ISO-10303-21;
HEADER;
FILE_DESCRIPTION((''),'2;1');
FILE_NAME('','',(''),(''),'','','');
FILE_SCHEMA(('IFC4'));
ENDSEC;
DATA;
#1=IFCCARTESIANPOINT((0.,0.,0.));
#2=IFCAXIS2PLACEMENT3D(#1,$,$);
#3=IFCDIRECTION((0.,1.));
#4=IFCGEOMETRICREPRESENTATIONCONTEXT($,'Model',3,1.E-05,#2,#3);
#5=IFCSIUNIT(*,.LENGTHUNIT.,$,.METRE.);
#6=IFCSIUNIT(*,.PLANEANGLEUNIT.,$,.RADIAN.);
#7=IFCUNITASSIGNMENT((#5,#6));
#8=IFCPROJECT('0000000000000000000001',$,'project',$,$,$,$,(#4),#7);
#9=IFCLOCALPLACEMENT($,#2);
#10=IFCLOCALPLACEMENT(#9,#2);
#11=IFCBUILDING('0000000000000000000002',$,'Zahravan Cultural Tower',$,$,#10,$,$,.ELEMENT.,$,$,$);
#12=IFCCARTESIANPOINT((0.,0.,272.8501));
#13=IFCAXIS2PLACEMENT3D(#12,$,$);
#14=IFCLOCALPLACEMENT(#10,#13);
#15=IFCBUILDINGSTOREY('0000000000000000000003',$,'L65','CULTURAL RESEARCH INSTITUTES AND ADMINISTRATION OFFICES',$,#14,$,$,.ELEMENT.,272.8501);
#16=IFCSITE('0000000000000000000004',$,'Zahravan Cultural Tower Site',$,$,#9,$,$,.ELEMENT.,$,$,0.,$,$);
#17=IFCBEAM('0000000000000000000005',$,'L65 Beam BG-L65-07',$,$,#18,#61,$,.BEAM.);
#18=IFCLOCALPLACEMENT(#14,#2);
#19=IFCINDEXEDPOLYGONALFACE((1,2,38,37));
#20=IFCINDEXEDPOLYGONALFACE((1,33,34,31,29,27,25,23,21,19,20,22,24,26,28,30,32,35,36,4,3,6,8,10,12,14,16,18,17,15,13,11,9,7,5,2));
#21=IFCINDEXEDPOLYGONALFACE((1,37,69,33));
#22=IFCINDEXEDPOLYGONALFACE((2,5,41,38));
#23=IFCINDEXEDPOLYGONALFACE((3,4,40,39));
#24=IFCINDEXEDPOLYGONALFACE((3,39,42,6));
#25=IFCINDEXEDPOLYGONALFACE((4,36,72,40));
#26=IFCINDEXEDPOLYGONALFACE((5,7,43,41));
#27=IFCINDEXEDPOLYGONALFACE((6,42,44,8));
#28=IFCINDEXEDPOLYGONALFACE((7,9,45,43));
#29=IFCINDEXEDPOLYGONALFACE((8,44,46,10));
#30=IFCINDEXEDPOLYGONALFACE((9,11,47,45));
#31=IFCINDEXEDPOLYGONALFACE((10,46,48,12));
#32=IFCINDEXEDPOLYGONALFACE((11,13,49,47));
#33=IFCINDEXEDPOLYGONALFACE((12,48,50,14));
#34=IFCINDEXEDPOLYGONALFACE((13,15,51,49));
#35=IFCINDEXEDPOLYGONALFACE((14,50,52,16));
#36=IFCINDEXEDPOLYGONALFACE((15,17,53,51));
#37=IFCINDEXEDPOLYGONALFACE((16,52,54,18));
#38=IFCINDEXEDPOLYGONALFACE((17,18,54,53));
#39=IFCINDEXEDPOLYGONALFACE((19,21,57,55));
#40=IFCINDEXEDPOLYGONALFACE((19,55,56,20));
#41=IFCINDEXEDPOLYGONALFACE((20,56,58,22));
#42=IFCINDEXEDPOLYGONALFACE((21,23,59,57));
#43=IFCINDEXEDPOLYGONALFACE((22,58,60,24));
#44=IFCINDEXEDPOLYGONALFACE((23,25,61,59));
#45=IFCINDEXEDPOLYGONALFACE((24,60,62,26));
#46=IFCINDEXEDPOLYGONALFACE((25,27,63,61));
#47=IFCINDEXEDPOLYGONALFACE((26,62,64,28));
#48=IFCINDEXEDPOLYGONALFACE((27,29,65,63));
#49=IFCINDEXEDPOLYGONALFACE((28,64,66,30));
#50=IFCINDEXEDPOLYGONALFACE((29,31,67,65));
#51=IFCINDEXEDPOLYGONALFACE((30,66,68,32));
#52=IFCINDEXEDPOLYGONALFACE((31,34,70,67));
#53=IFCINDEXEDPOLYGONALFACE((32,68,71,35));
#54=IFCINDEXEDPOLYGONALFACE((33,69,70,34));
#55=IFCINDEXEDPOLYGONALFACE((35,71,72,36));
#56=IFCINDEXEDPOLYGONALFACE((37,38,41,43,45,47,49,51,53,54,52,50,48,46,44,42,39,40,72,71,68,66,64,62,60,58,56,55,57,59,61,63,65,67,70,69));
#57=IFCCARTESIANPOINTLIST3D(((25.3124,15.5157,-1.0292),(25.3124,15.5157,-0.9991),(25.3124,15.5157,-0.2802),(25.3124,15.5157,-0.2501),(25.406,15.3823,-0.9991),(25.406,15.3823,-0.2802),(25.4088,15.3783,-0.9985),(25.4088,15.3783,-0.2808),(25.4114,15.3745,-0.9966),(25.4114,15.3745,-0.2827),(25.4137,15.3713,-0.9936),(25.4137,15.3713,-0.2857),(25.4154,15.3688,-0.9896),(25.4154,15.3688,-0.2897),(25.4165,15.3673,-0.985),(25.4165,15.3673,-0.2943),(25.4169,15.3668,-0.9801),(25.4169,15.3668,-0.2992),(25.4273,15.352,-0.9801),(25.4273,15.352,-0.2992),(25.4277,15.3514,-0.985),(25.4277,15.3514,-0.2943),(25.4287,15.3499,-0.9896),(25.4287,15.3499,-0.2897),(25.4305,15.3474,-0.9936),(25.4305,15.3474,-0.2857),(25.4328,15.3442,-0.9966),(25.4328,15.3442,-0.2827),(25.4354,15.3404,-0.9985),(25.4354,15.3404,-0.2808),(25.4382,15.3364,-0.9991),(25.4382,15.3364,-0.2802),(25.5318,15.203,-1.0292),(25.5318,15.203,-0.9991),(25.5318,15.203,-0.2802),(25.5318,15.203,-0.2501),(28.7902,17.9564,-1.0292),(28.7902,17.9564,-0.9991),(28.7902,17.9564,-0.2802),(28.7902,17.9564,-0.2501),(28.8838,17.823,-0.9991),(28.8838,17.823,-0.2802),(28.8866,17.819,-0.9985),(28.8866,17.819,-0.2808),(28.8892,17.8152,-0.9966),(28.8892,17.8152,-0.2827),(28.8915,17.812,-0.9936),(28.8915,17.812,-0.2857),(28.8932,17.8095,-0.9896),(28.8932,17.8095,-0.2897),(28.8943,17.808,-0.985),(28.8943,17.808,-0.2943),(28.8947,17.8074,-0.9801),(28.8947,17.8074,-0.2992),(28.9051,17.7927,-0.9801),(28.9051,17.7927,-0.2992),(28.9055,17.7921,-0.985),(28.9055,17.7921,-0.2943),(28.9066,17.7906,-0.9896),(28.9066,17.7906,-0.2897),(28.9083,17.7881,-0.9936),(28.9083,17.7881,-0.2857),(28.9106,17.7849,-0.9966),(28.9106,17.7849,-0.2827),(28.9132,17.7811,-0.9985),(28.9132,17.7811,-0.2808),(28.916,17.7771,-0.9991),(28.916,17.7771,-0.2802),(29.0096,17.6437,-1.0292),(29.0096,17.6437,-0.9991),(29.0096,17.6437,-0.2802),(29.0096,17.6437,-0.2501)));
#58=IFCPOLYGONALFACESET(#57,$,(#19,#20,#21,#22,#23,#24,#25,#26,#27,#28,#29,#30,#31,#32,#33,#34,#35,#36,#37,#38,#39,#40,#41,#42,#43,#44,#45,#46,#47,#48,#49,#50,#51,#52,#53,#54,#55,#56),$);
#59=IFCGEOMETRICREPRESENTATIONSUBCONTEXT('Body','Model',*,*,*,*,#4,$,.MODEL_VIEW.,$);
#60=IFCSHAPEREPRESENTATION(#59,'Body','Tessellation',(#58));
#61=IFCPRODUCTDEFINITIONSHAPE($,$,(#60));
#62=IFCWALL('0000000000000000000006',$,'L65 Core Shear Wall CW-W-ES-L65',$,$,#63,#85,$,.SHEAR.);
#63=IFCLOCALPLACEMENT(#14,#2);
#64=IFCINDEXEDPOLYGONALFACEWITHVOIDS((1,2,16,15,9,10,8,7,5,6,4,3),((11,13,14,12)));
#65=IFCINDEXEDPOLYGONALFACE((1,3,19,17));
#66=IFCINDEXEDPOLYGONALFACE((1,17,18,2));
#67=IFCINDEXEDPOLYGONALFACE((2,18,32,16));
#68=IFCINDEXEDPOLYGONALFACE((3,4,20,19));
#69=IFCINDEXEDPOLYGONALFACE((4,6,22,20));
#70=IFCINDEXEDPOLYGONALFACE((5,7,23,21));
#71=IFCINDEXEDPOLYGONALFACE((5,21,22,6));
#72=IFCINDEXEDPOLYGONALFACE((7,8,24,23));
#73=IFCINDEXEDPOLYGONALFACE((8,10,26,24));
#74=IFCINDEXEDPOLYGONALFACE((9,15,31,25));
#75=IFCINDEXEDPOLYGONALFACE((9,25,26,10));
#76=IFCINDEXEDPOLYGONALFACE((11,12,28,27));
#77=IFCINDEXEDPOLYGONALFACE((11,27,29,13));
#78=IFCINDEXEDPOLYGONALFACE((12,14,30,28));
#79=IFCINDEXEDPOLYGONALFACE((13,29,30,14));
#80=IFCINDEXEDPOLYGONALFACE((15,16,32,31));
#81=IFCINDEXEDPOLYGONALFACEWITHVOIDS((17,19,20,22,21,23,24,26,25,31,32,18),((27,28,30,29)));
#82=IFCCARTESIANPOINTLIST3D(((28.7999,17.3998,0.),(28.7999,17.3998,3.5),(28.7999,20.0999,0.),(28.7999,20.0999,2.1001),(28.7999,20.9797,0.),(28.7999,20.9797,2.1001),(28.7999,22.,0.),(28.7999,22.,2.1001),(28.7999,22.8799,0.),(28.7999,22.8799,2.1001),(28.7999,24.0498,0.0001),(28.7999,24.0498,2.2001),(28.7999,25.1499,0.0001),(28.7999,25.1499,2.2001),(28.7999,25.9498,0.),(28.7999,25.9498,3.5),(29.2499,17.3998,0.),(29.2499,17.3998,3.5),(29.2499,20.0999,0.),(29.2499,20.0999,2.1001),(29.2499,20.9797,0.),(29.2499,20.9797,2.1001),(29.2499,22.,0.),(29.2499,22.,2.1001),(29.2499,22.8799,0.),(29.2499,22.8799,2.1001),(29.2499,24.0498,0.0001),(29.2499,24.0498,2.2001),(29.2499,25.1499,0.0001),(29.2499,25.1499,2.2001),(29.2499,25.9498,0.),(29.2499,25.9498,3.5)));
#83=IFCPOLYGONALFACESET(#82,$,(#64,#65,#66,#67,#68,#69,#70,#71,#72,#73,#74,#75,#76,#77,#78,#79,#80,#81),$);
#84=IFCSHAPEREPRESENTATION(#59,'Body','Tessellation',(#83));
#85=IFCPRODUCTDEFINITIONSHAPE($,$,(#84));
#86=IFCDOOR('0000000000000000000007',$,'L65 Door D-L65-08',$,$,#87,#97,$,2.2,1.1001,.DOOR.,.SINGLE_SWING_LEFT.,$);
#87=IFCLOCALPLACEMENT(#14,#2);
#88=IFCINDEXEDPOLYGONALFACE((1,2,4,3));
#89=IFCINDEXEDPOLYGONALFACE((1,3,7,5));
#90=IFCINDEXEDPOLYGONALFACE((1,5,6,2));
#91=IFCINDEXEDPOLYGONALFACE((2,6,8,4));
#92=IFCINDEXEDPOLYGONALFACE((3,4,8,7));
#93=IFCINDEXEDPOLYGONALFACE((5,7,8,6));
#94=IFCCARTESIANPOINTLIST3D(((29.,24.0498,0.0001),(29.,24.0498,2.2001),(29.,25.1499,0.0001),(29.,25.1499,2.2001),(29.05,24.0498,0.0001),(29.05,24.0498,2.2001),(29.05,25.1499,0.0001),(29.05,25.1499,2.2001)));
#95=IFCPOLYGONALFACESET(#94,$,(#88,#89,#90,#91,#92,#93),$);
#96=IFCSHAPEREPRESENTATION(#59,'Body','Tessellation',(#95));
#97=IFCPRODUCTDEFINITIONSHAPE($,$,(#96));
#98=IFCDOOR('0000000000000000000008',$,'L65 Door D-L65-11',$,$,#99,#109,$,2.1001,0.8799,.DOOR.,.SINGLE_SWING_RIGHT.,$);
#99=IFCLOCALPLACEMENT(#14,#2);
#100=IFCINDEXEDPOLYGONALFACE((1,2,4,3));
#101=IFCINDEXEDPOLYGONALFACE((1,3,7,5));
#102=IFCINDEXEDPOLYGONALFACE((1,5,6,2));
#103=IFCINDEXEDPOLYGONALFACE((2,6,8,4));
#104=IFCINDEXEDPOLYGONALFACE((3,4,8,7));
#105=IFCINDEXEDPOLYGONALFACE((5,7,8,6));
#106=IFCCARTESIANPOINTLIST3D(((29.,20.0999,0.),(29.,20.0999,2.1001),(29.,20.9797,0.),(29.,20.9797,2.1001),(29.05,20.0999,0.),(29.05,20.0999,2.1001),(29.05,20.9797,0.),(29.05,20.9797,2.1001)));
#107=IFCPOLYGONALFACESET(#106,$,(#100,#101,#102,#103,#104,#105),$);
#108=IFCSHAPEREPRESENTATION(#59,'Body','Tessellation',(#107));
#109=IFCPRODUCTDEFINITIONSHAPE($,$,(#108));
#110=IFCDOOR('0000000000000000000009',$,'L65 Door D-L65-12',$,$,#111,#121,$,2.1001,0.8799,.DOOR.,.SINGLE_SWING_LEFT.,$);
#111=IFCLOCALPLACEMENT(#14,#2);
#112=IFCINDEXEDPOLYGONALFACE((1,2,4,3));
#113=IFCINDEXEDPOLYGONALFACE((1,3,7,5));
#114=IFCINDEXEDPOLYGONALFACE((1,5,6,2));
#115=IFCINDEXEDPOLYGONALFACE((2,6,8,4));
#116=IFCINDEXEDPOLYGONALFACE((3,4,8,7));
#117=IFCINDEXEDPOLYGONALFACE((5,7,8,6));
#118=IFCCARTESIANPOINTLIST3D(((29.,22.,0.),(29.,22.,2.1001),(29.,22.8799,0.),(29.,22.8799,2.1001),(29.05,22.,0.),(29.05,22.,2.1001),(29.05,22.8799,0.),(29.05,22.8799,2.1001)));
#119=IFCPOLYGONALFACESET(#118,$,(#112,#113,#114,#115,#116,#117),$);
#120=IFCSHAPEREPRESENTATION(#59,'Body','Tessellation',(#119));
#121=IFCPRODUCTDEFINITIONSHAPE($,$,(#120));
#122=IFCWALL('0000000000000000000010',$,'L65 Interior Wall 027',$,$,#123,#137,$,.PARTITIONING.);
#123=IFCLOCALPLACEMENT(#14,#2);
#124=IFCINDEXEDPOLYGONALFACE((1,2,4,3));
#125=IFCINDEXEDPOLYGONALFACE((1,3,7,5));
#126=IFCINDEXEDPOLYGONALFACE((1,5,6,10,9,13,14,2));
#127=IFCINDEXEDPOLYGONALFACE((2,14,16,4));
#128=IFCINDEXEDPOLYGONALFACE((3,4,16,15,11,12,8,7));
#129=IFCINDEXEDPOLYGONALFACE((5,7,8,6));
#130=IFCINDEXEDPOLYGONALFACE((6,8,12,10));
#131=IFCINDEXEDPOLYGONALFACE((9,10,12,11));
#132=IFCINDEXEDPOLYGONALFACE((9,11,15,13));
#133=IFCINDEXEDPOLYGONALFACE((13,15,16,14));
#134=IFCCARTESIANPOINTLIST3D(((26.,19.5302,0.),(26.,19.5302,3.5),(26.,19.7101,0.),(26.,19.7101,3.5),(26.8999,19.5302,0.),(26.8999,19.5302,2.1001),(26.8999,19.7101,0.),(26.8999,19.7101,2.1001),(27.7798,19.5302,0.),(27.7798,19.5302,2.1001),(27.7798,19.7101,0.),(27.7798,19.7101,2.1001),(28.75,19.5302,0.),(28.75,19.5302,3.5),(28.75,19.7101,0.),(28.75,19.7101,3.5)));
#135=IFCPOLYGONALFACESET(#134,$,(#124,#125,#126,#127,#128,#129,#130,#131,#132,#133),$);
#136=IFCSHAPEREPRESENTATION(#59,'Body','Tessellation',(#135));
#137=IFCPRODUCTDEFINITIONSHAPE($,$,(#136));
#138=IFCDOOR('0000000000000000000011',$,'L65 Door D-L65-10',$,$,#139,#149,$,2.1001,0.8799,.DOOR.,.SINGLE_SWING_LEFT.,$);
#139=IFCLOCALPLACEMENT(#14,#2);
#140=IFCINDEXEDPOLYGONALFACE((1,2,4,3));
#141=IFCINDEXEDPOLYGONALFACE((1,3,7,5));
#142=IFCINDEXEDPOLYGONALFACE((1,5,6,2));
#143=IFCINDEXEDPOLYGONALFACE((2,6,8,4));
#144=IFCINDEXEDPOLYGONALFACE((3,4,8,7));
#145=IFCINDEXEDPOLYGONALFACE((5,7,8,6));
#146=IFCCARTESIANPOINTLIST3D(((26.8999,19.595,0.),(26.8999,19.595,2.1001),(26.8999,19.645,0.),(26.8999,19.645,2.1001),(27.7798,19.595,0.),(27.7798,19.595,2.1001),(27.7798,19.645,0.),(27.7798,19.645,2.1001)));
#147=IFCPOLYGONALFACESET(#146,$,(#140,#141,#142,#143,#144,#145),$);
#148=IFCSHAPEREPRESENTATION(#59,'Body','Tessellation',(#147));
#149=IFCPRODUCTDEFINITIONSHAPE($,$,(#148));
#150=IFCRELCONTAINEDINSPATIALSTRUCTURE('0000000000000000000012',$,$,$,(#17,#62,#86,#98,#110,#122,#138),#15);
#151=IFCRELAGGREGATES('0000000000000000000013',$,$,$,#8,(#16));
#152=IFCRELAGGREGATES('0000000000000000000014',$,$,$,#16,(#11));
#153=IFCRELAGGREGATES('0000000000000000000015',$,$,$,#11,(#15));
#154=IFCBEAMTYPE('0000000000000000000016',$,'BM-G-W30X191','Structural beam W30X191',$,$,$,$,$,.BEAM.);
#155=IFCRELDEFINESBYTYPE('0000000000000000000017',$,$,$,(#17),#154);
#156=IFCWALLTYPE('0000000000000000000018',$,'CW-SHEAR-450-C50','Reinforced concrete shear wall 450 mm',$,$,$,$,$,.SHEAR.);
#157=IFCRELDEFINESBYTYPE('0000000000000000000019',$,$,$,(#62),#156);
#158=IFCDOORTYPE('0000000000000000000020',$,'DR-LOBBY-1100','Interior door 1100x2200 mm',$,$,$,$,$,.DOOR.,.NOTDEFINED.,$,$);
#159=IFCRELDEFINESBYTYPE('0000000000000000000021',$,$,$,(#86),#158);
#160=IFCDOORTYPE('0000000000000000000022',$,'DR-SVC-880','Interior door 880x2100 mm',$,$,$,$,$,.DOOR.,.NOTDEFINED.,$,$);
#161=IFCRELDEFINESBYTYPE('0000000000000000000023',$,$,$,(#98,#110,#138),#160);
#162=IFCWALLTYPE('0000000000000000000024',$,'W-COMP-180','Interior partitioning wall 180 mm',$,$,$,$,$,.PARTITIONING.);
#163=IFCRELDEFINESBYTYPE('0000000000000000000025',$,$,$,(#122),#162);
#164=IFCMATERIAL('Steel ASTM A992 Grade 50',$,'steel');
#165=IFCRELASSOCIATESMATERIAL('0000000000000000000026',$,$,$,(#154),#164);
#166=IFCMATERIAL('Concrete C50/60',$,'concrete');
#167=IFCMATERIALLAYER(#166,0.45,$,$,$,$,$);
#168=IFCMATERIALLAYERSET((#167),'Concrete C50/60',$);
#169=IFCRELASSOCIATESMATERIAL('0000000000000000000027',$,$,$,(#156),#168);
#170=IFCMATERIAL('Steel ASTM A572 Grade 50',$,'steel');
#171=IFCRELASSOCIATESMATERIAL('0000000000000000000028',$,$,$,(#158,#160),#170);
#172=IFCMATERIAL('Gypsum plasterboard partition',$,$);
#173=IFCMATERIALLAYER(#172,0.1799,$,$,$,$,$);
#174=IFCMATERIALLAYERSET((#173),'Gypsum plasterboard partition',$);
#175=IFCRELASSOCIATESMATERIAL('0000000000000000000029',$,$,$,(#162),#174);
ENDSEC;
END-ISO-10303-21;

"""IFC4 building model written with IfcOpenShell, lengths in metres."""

from ifc_helpers import new_model, si_unit, direction, frame, frame_2d, origin, origin_2d, place, context, subcontext, project, spatial, rectangle, i_section, extrude, source, transform, mapped, material, layer, layer_set, material_profile, profile_set, type_object, element, fill, save


model = new_model("IFC4")

# Units and contexts
model_context = context("Model", 3, precision=1e-05, world=origin(), true_north=direction((0.0, 1.0)))
body_context = subcontext(model_context, "Body", "Model", "MODEL_VIEW")
ifc_project = project(units=[si_unit("LENGTHUNIT", "METRE"), si_unit("PLANEANGLEUNIT", "RADIAN")], contexts=[model_context])

# Site, building, storey
site_placement = place(None, origin())
site = spatial("IfcSite", under=ifc_project, at=site_placement, Name="Zahravan Cultural Tower Site", CompositionType="ELEMENT", RefElevation=0.0)
building_placement = place(site_placement, origin())
building = spatial("IfcBuilding", under=site, at=building_placement, Name="Zahravan Cultural Tower", CompositionType="ELEMENT")
storey_placement = place(building_placement, frame((0.0, 0.0, 272.8501)))
storey = spatial("IfcBuildingStorey", under=building, at=storey_placement, Name="L65", Description="CULTURAL RESEARCH INSTITUTES AND ADMINISTRATION OFFICES", CompositionType="ELEMENT", Elevation=272.8501)

# Shared definitions
ifc_material_1 = material(Name="Concrete C50/60", Category="concrete")

# Beam
ifc_material_2 = material(Name="Steel ASTM A992 Grade 50", Category="steel")
ifc_material_profile_1 = material_profile(ifc_material_2, i_section(OverallWidth=0.3821, OverallDepth=0.7791, WebThickness=0.0181, FlangeThickness=0.03, FilletRadius=0.019, at=origin_2d()), Name="W30X191")
ifc_profile_set_1 = profile_set([ifc_material_profile_1], Name="Steel ASTM A992 Grade 50")
beam_type_1 = type_object("IfcBeamType", Name="BM-G-W30X191", Description="Structural beam W30X191", PredefinedType="BEAM", material=ifc_profile_set_1)
shared_shape_1 = source(origin(), body_context, "Body", "SweptSolid", [
    extrude(i_section(OverallWidth=0.3821, OverallDepth=0.7791, WebThickness=0.0181, FlangeThickness=0.03, FilletRadius=0.019, at=origin_2d()), origin(), (0.0, 0.0, 1.0), 4.2488),
])
beam_1_placement = place(storey_placement, frame((28.8999, 17.8, -0.6396), z_axis=(-0.818543, -0.574445, 0.0), x_axis=(0.574445, -0.818543, 0.0)))
element("IfcBeam", 1, at=beam_1_placement, inside=storey, type_object=beam_type_1, Name="L65 Beam BG-L65-07", PredefinedType="BEAM", context=body_context, shape_type="MappedRepresentation", body=[
    mapped(shared_shape_1, transform((0.0, 0.0, 0.0), x_axis=(1.0, 0.0, 0.0), y_axis=(0.0, 1.0, 0.0), z_axis=(0.0, 0.0, 1.0), scale=1.0)),
])

# Wall, openings, doors
ifc_layer_1 = layer(ifc_material_1, 0.45)
ifc_layer_set_1 = layer_set([ifc_layer_1], Name="Concrete C50/60")
wall_type_1 = type_object("IfcWallType", Name="CW-SHEAR-450-C50", Description="Reinforced concrete shear wall 450 mm", PredefinedType="SHEAR", material=ifc_layer_set_1)
wall_1_placement = place(storey_placement, frame((29.0249, 17.3999, 0.0), z_axis=(0.0, 0.0, 1.0), x_axis=(0.0, 1.0, 0.0)))
wall_1 = element("IfcWall", 2, at=wall_1_placement, inside=storey, type_object=wall_type_1, Name="L65 Core Shear Wall CW-W-ES-L65", PredefinedType="SHEAR", context=body_context, shape_type="SweptSolid", body=[
    extrude(rectangle(XDim=8.55, YDim=0.45, at=frame_2d((4.2749, 0.0))), origin(), (0.0, 0.0, 1.0), 3.5),
])
opening_1_placement = place(wall_1_placement, frame((6.6499, 0.0, 0.0)))
opening_1 = element("IfcOpeningElement", 3, at=opening_1_placement, cuts=wall_1, PredefinedType="OPENING", context=body_context, shape_type="SweptSolid", body=[
    extrude(rectangle(XDim=1.1001, YDim=2.2, at=frame_2d((0.55, 1.1001))), frame((0.0, 0.2349, 0.0), z_axis=(0.0, -1.0, 0.0), x_axis=(1.0, 0.0, 0.0)), (0.0, 0.0, 1.0), 0.47),
])
opening_2_placement = place(wall_1_placement, frame((2.7, 0.0, 0.0)))
opening_2 = element("IfcOpeningElement", 4, at=opening_2_placement, cuts=wall_1, PredefinedType="OPENING", context=body_context, shape_type="SweptSolid", body=[
    extrude(rectangle(XDim=0.8799, YDim=2.1001, at=frame_2d((0.4399, 1.05))), frame((0.0, 0.2349, 0.0), z_axis=(0.0, -1.0, 0.0), x_axis=(1.0, 0.0, 0.0)), (0.0, 0.0, 1.0), 0.47),
])
opening_3_placement = place(wall_1_placement, frame((4.6001, 0.0, 0.0)))
opening_3 = element("IfcOpeningElement", 5, at=opening_3_placement, cuts=wall_1, PredefinedType="OPENING", context=body_context, shape_type="SweptSolid", body=[
    extrude(rectangle(XDim=0.8799, YDim=2.1001, at=frame_2d((0.4399, 1.05))), frame((0.0, 0.2349, 0.0), z_axis=(0.0, -1.0, 0.0), x_axis=(1.0, 0.0, 0.0)), (0.0, 0.0, 1.0), 0.47),
])
ifc_material_3 = material(Name="Steel ASTM A572 Grade 50", Category="steel")
door_type_1 = type_object("IfcDoorType", Name="DR-LOBBY-1100", Description="Interior door 1100x2200 mm", OperationType="NOTDEFINED", PredefinedType="DOOR", material=ifc_material_3)
shared_shape_2 = source(origin(), body_context, "Body", "SweptSolid", [
    extrude(rectangle(XDim=1.1001, YDim=2.2, at=frame_2d((0.55, 1.1001))), frame((0.0, 0.0249, 0.0), z_axis=(0.0, -1.0, 0.0), x_axis=(1.0, 0.0, 0.0)), (0.0, 0.0, 1.0), 0.05),
])
door_1_placement = place(opening_1_placement, origin())
door_1 = element("IfcDoor", 6, at=door_1_placement, inside=storey, type_object=door_type_1, Name="L65 Door D-L65-08", OperationType="SINGLE_SWING_LEFT", OverallHeight=2.2, OverallWidth=1.1001, PredefinedType="DOOR", context=body_context, shape_type="MappedRepresentation", body=[
    mapped(shared_shape_2, transform((0.0, 0.0, 0.0), x_axis=(1.0, 0.0, 0.0), y_axis=(0.0, 1.0, 0.0), z_axis=(0.0, 0.0, 1.0), scale=1.0)),
])
fill(opening_1, door_1)
door_type_2 = type_object("IfcDoorType", Name="DR-SVC-880", Description="Interior door 880x2100 mm", OperationType="NOTDEFINED", PredefinedType="DOOR", material=ifc_material_3)
shared_shape_3 = source(origin(), body_context, "Body", "SweptSolid", [
    extrude(rectangle(XDim=0.8799, YDim=2.1001, at=frame_2d((0.4399, 1.05))), frame((0.0, 0.0249, 0.0), z_axis=(0.0, -1.0, 0.0), x_axis=(1.0, 0.0, 0.0)), (0.0, 0.0, 1.0), 0.05),
])
door_2_placement = place(opening_2_placement, origin())
door_2 = element("IfcDoor", 7, at=door_2_placement, inside=storey, type_object=door_type_2, Name="L65 Door D-L65-11", OperationType="SINGLE_SWING_RIGHT", OverallHeight=2.1001, OverallWidth=0.8799, PredefinedType="DOOR", context=body_context, shape_type="MappedRepresentation", body=[
    mapped(shared_shape_3, transform((0.0, 0.0, 0.0), x_axis=(1.0, 0.0, 0.0), y_axis=(0.0, 1.0, 0.0), z_axis=(0.0, 0.0, 1.0), scale=1.0)),
])
fill(opening_2, door_2)
door_3_placement = place(opening_3_placement, origin())
door_3 = element("IfcDoor", 8, at=door_3_placement, inside=storey, type_object=door_type_2, Name="L65 Door D-L65-12", OperationType="SINGLE_SWING_LEFT", OverallHeight=2.1001, OverallWidth=0.8799, PredefinedType="DOOR", context=body_context, shape_type="MappedRepresentation", body=[
    mapped(shared_shape_3, transform((0.0, 0.0, 0.0), x_axis=(1.0, 0.0, 0.0), y_axis=(0.0, 1.0, 0.0), z_axis=(0.0, 0.0, 1.0), scale=1.0)),
])
fill(opening_3, door_3)

# Wall, opening, door
ifc_material_4 = material(Name="Gypsum plasterboard partition")
ifc_layer_2 = layer(ifc_material_4, 0.1799)
ifc_layer_set_2 = layer_set([ifc_layer_2], Name="Gypsum plasterboard partition")
wall_type_2 = type_object("IfcWallType", Name="W-COMP-180", Description="Interior partitioning wall 180 mm", PredefinedType="PARTITIONING", material=ifc_layer_set_2)
wall_2_placement = place(storey_placement, frame((26.0, 19.6201, 0.0), z_axis=(0.0, 0.0, 1.0), x_axis=(1.0, 0.0, 0.0)))
wall_2 = element("IfcWall", 9, at=wall_2_placement, inside=storey, type_object=wall_type_2, Name="L65 Interior Wall 027", PredefinedType="PARTITIONING", context=body_context, shape_type="SweptSolid", body=[
    extrude(rectangle(XDim=2.75, YDim=0.1799, at=frame_2d((1.375, 0.0))), origin(), (0.0, 0.0, 1.0), 3.5),
])
opening_4_placement = place(wall_2_placement, frame((0.8999, 0.0, 0.0)))
opening_4 = element("IfcOpeningElement", 10, at=opening_4_placement, cuts=wall_2, PredefinedType="OPENING", context=body_context, shape_type="SweptSolid", body=[
    extrude(rectangle(XDim=0.8799, YDim=2.1001, at=frame_2d((0.4399, 1.05))), frame((0.0, 0.0999, 0.0), z_axis=(0.0, -1.0, 0.0), x_axis=(1.0, 0.0, 0.0)), (0.0, 0.0, 1.0), 0.2),
])
door_4_placement = place(opening_4_placement, origin())
door_4 = element("IfcDoor", 11, at=door_4_placement, inside=storey, type_object=door_type_2, Name="L65 Door D-L65-10", OperationType="SINGLE_SWING_LEFT", OverallHeight=2.1001, OverallWidth=0.8799, PredefinedType="DOOR", context=body_context, shape_type="MappedRepresentation", body=[
    mapped(shared_shape_3, transform((0.0, 0.0, 0.0), x_axis=(1.0, 0.0, 0.0), y_axis=(0.0, 1.0, 0.0), z_axis=(0.0, 0.0, 1.0), scale=1.0)),
])
fill(opening_4, door_4)

save(model, "model.ifc")
